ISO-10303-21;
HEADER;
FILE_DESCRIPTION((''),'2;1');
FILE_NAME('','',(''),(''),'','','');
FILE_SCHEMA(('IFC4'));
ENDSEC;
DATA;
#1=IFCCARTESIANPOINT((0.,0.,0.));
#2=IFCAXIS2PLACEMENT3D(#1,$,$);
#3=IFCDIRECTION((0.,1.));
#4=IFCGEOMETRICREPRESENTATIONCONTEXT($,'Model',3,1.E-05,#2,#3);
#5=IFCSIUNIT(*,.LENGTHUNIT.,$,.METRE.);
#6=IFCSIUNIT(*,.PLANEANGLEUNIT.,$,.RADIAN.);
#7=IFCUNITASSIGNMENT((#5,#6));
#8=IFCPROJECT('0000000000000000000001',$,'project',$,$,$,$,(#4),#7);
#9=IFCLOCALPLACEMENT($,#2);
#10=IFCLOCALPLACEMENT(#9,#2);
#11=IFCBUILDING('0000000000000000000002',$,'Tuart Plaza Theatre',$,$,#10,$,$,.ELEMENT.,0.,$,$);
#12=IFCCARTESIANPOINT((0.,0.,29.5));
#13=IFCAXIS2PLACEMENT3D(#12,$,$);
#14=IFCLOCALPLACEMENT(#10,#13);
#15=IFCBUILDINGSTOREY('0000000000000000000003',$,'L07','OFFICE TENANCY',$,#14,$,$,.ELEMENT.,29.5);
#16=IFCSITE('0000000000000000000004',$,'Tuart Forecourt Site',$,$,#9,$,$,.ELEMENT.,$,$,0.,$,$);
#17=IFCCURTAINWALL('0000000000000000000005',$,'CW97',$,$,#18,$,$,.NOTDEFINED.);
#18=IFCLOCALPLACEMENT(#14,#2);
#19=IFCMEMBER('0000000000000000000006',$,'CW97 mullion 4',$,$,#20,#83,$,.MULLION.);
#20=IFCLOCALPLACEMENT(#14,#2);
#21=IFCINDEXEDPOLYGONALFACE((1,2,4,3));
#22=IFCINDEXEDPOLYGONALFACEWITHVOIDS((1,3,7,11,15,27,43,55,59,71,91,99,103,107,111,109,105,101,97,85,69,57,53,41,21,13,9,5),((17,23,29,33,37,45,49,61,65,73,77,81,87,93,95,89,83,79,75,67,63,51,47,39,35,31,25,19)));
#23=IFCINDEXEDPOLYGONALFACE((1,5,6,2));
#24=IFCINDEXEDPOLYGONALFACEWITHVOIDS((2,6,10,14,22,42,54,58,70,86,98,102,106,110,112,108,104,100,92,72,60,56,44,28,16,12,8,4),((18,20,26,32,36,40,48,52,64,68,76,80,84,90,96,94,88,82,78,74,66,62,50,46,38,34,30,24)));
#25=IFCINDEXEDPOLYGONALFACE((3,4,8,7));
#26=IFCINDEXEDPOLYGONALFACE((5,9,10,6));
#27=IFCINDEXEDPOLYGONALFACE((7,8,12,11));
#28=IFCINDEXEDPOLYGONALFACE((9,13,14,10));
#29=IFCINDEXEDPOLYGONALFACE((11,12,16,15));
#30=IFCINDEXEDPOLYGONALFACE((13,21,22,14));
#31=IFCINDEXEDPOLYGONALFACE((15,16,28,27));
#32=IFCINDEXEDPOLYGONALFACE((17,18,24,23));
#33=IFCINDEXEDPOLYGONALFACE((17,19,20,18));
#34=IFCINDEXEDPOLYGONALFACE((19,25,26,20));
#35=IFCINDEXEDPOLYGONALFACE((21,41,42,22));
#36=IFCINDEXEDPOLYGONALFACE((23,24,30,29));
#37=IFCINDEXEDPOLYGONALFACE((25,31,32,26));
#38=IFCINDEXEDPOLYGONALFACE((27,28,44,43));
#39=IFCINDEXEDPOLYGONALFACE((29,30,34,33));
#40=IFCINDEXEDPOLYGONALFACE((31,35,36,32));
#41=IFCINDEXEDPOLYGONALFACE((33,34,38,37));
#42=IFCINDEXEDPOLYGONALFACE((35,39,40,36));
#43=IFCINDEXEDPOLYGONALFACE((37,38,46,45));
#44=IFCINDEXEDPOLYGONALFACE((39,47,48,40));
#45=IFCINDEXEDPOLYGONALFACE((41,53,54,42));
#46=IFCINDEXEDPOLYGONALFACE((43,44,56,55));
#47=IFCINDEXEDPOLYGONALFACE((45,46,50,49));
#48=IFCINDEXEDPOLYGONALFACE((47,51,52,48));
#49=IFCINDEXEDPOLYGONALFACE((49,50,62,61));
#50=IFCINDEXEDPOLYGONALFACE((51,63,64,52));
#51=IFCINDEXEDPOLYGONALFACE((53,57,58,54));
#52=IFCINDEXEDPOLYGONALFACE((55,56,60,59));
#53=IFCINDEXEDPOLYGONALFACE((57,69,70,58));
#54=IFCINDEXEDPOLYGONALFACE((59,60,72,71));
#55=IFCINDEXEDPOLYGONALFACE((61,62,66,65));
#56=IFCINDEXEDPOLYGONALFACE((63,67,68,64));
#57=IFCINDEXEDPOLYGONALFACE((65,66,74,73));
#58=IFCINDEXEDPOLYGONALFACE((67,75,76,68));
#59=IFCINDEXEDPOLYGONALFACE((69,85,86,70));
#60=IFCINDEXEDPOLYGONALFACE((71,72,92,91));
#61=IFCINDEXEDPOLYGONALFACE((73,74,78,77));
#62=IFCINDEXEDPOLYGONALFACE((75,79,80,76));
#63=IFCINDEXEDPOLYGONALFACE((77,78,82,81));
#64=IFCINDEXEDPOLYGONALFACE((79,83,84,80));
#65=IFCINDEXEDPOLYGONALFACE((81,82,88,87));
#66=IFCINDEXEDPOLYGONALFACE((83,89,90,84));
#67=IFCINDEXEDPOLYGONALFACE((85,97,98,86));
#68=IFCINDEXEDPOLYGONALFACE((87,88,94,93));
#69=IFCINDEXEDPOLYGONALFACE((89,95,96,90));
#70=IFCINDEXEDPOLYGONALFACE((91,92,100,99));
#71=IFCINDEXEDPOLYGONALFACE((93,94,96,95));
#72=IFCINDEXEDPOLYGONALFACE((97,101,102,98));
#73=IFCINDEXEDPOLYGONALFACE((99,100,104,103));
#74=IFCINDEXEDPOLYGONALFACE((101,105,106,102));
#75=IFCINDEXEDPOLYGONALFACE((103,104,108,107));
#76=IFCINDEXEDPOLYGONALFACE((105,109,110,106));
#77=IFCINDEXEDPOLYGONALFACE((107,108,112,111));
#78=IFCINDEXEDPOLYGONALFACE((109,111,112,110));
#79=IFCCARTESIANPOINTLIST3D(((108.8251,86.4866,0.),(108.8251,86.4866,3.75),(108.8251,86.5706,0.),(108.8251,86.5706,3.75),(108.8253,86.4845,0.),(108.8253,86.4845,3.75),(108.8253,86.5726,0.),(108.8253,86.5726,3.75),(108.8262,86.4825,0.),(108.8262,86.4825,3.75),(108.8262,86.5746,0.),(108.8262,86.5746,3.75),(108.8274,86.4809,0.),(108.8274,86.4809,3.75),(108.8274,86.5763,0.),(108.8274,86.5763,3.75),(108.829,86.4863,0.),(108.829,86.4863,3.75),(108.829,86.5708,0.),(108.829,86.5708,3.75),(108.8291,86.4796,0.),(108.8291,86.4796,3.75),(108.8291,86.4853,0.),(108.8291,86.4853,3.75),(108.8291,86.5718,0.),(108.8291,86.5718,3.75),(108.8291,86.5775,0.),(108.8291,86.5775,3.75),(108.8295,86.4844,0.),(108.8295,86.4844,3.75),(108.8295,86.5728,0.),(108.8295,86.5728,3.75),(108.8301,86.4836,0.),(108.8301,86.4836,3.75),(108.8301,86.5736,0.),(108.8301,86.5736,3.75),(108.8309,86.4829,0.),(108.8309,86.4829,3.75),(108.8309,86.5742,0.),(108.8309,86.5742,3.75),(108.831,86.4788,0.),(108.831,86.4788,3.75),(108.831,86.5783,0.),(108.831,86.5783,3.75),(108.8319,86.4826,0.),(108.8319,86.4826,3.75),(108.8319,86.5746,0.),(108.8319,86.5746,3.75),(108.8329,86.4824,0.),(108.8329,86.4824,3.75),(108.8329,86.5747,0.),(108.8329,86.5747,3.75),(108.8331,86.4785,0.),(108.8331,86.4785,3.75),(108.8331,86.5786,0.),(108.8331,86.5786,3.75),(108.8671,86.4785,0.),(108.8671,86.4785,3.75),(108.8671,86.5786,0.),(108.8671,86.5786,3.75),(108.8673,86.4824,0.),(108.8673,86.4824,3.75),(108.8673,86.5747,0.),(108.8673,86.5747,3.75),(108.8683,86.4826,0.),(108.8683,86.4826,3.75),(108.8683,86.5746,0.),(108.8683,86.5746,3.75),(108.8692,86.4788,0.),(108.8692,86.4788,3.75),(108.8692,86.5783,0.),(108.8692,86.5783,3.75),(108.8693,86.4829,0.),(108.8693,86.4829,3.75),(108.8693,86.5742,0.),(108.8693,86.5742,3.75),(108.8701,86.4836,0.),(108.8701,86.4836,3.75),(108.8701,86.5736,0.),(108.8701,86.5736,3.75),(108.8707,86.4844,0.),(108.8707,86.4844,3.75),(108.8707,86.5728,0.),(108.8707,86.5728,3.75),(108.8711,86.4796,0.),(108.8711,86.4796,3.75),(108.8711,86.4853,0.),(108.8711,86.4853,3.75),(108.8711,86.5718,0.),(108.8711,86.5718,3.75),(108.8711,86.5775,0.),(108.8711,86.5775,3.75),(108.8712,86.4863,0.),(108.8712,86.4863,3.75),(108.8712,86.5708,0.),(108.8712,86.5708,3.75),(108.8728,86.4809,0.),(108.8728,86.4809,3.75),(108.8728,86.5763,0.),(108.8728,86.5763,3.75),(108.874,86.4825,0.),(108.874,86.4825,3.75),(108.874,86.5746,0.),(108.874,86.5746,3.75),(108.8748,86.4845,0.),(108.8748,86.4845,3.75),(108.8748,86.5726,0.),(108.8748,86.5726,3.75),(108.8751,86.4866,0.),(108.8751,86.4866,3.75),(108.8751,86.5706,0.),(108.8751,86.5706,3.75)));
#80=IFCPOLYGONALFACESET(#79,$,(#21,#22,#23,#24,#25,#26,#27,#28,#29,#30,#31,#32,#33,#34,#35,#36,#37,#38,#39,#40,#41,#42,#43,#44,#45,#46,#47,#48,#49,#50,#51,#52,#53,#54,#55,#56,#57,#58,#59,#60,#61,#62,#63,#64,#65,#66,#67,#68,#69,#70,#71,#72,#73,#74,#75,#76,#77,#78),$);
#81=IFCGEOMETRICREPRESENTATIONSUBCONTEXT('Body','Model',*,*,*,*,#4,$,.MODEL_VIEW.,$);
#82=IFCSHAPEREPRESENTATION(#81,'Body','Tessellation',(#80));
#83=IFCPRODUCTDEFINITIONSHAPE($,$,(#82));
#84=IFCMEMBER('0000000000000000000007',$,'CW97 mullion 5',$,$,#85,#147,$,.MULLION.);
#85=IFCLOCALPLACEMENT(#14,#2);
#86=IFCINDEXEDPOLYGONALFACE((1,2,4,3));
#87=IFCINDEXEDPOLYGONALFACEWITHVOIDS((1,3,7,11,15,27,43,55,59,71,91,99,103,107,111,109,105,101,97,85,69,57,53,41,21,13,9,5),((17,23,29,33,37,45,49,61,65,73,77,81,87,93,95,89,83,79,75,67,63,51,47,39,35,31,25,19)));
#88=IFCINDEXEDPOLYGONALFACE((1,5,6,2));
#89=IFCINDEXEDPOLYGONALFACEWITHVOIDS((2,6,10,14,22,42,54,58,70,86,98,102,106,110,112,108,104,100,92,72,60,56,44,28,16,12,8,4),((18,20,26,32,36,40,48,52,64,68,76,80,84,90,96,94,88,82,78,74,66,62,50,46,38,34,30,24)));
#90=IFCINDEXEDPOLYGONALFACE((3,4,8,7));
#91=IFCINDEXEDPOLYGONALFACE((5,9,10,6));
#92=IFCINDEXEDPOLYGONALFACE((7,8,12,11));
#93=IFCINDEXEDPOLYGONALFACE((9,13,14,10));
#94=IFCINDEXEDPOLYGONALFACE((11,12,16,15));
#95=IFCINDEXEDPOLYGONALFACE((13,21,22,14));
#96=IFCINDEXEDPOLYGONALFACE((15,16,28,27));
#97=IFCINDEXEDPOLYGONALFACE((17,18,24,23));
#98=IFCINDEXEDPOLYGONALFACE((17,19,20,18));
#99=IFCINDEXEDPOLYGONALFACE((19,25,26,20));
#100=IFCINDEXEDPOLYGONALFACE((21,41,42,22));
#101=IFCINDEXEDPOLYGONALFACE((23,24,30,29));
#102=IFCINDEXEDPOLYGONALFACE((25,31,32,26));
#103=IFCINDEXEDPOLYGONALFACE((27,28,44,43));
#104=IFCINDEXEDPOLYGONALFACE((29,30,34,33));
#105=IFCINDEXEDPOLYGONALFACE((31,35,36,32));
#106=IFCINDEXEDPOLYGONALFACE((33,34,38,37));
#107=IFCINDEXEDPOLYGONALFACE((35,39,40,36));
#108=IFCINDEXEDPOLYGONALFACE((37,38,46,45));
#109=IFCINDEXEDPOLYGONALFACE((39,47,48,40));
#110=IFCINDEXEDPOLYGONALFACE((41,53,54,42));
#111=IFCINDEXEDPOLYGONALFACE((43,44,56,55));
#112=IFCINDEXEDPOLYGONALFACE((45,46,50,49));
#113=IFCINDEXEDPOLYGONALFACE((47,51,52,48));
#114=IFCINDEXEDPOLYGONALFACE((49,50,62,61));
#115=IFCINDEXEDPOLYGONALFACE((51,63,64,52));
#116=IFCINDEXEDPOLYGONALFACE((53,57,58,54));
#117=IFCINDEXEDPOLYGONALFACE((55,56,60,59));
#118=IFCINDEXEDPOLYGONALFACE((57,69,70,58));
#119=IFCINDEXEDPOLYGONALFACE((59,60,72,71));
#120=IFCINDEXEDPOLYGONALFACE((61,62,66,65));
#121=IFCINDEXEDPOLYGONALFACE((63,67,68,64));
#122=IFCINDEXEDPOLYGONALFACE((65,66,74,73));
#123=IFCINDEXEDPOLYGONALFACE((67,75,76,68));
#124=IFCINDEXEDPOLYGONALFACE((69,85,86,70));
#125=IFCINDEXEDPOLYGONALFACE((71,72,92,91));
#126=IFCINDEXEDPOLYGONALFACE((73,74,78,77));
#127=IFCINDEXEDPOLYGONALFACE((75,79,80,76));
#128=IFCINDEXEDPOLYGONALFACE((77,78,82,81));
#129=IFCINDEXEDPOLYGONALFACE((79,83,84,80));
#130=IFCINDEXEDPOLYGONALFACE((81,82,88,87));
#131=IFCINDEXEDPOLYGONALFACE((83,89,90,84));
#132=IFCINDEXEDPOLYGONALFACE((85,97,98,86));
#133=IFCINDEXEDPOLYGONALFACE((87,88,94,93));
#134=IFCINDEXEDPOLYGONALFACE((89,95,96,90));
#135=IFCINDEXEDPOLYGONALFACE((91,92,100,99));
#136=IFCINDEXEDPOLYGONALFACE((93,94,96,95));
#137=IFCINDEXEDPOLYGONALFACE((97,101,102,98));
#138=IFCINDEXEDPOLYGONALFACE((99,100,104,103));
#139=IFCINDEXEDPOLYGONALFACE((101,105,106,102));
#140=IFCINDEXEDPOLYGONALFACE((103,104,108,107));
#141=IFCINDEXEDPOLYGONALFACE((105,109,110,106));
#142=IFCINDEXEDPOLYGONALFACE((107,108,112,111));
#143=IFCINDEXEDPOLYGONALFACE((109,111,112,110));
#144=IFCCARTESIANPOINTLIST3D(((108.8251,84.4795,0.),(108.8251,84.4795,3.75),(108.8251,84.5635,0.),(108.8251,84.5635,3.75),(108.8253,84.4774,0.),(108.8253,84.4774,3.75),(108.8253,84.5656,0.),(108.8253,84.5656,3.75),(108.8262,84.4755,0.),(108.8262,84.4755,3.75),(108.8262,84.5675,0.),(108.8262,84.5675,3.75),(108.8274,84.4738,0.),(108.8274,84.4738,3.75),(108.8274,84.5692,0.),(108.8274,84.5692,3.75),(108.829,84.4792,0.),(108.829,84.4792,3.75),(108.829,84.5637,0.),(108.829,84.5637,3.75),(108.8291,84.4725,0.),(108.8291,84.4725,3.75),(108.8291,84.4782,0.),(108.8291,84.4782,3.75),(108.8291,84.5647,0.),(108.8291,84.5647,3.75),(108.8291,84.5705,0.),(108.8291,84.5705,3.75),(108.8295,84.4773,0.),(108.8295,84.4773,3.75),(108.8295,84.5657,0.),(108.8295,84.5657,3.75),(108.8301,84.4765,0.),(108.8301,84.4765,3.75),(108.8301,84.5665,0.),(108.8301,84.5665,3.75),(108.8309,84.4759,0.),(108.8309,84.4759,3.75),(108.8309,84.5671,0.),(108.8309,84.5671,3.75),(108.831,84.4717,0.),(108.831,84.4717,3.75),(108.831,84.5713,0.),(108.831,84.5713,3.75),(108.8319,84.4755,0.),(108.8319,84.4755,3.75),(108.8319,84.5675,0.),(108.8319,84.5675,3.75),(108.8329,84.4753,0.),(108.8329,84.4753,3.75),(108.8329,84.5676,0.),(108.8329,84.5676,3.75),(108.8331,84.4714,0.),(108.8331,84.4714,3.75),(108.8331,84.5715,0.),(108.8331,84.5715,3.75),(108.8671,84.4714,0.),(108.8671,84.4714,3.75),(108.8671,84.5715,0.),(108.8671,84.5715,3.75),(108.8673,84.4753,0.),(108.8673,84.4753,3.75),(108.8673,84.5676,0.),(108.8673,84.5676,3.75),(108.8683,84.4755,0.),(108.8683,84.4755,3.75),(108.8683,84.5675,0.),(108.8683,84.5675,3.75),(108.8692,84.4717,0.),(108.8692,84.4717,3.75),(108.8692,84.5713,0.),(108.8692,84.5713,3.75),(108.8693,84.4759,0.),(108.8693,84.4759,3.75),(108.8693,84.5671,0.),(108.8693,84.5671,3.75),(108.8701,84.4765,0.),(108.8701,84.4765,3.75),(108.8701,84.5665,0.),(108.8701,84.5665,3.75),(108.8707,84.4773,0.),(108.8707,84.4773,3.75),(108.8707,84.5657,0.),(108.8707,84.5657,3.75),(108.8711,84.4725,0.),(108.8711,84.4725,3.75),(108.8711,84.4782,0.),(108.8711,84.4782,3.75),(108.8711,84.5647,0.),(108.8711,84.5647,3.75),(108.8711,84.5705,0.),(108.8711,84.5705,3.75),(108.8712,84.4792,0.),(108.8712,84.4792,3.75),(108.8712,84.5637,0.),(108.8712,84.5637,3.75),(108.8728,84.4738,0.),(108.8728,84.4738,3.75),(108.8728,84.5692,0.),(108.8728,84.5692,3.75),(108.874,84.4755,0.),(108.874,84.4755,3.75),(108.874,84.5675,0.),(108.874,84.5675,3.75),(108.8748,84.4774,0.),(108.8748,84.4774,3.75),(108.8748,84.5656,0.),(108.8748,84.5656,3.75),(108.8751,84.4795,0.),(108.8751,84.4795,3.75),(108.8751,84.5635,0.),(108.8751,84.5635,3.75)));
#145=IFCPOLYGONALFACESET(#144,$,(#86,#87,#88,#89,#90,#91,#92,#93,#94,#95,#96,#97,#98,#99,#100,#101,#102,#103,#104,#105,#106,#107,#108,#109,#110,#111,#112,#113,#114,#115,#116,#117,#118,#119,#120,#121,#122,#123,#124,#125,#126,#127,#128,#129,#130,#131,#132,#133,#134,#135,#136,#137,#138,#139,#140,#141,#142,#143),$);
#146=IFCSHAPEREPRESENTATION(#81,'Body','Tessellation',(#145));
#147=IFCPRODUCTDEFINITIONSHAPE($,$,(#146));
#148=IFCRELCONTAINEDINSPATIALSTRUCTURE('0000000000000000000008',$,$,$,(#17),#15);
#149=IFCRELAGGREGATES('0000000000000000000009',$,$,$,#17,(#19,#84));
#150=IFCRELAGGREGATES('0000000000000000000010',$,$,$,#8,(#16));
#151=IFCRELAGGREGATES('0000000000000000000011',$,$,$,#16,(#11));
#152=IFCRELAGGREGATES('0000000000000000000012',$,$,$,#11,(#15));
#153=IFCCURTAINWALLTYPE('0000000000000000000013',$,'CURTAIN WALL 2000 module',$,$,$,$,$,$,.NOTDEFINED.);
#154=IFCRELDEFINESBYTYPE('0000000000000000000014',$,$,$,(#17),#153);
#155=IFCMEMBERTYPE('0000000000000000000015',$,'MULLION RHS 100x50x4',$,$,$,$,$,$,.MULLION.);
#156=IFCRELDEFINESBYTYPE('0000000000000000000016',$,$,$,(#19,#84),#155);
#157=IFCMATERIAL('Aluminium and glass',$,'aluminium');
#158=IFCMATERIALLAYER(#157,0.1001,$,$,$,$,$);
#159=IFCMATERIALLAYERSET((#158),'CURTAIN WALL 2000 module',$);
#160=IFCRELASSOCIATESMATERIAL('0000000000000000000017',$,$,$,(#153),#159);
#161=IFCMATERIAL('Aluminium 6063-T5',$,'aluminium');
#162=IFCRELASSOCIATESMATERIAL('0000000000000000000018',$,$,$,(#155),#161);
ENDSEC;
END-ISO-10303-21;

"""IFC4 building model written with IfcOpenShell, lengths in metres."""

from ifc_helpers import new_model, si_unit, direction, frame, origin, origin_2d, place, context, subcontext, project, spatial, hollow_rectangle, extrude, material, layer, layer_set, material_profile, profile_set, type_object, element, aggregate, save


model = new_model("IFC4")

# Units and contexts
model_context = context("Model", 3, precision=1e-05, world=origin(), true_north=direction((0.0, 1.0)))
body_context = subcontext(model_context, "Body", "Model", "MODEL_VIEW")
ifc_project = project(units=[si_unit("LENGTHUNIT", "METRE"), si_unit("PLANEANGLEUNIT", "RADIAN")], contexts=[model_context])

# Site, building, storey
site_placement = place(None, origin())
site = spatial("IfcSite", under=ifc_project, at=site_placement, Name="Tuart Forecourt Site", CompositionType="ELEMENT", RefElevation=0.0)
building_placement = place(site_placement, origin())
building = spatial("IfcBuilding", under=site, at=building_placement, Name="Tuart Plaza Theatre", CompositionType="ELEMENT", ElevationOfRefHeight=0.0)
storey_placement = place(building_placement, frame((0.0, 0.0, 29.5)))
storey = spatial("IfcBuildingStorey", under=building, at=storey_placement, Name="L07", Description="OFFICE TENANCY", CompositionType="ELEMENT", Elevation=29.5)

# Shared definitions
ifc_material_1 = material(Name="Aluminium and glass", Category="aluminium")
ifc_layer_1 = layer(ifc_material_1, 0.1001)
ifc_layer_set_1 = layer_set([ifc_layer_1], Name="CURTAIN WALL 2000 module")
curtain_wall_type = type_object("IfcCurtainWallType", Name="CURTAIN WALL 2000 module", PredefinedType="NOTDEFINED", material=ifc_layer_set_1)
ifc_material_2 = material(Name="Aluminium 6063-T5", Category="aluminium")
ifc_material_profile_1 = material_profile(ifc_material_2, hollow_rectangle(XDim=0.05, YDim=0.1001, WallThickness=0.0039, InnerFilletRadius=0.0039, OuterFilletRadius=0.0081, at=origin_2d()), Name="RHS 100x50x4")
ifc_profile_set_1 = profile_set([ifc_material_profile_1], Name="Aluminium 6063-T5")
member_type_1 = type_object("IfcMemberType", Name="MULLION RHS 100x50x4", PredefinedType="MULLION", material=ifc_profile_set_1)

# Curtain wall, members
curtain_wall_1_placement = place(storey_placement, origin())
curtain_wall_1 = element("IfcCurtainWall", 1, at=curtain_wall_1_placement, inside=storey, type_object=curtain_wall_type, Name="CW97", PredefinedType="NOTDEFINED")
member_1_placement = place(storey_placement, frame((108.8501, 86.5286, 0.0), z_axis=(0.0, 0.0, 1.0), x_axis=(1.0, 0.0, 0.0)))
member_1 = element("IfcMember", 2, at=member_1_placement, type_object=member_type_1, Name="CW97 mullion 4", PredefinedType="MULLION", context=body_context, shape_type="SweptSolid", body=[
    extrude(hollow_rectangle(XDim=0.05, YDim=0.1001, WallThickness=0.0039, InnerFilletRadius=0.0039, OuterFilletRadius=0.0081, at=origin_2d()), origin(), (0.0, 0.0, 1.0), 3.75),
])
member_2_placement = place(storey_placement, frame((108.8501, 84.5215, 0.0), z_axis=(0.0, 0.0, 1.0), x_axis=(1.0, 0.0, 0.0)))
member_2 = element("IfcMember", 3, at=member_2_placement, type_object=member_type_1, Name="CW97 mullion 5", PredefinedType="MULLION", context=body_context, shape_type="SweptSolid", body=[
    extrude(hollow_rectangle(XDim=0.05, YDim=0.1001, WallThickness=0.0039, InnerFilletRadius=0.0039, OuterFilletRadius=0.0081, at=origin_2d()), origin(), (0.0, 0.0, 1.0), 3.75),
])
aggregate(curtain_wall_1, [member_1, member_2])

save(model, "model.ifc")
